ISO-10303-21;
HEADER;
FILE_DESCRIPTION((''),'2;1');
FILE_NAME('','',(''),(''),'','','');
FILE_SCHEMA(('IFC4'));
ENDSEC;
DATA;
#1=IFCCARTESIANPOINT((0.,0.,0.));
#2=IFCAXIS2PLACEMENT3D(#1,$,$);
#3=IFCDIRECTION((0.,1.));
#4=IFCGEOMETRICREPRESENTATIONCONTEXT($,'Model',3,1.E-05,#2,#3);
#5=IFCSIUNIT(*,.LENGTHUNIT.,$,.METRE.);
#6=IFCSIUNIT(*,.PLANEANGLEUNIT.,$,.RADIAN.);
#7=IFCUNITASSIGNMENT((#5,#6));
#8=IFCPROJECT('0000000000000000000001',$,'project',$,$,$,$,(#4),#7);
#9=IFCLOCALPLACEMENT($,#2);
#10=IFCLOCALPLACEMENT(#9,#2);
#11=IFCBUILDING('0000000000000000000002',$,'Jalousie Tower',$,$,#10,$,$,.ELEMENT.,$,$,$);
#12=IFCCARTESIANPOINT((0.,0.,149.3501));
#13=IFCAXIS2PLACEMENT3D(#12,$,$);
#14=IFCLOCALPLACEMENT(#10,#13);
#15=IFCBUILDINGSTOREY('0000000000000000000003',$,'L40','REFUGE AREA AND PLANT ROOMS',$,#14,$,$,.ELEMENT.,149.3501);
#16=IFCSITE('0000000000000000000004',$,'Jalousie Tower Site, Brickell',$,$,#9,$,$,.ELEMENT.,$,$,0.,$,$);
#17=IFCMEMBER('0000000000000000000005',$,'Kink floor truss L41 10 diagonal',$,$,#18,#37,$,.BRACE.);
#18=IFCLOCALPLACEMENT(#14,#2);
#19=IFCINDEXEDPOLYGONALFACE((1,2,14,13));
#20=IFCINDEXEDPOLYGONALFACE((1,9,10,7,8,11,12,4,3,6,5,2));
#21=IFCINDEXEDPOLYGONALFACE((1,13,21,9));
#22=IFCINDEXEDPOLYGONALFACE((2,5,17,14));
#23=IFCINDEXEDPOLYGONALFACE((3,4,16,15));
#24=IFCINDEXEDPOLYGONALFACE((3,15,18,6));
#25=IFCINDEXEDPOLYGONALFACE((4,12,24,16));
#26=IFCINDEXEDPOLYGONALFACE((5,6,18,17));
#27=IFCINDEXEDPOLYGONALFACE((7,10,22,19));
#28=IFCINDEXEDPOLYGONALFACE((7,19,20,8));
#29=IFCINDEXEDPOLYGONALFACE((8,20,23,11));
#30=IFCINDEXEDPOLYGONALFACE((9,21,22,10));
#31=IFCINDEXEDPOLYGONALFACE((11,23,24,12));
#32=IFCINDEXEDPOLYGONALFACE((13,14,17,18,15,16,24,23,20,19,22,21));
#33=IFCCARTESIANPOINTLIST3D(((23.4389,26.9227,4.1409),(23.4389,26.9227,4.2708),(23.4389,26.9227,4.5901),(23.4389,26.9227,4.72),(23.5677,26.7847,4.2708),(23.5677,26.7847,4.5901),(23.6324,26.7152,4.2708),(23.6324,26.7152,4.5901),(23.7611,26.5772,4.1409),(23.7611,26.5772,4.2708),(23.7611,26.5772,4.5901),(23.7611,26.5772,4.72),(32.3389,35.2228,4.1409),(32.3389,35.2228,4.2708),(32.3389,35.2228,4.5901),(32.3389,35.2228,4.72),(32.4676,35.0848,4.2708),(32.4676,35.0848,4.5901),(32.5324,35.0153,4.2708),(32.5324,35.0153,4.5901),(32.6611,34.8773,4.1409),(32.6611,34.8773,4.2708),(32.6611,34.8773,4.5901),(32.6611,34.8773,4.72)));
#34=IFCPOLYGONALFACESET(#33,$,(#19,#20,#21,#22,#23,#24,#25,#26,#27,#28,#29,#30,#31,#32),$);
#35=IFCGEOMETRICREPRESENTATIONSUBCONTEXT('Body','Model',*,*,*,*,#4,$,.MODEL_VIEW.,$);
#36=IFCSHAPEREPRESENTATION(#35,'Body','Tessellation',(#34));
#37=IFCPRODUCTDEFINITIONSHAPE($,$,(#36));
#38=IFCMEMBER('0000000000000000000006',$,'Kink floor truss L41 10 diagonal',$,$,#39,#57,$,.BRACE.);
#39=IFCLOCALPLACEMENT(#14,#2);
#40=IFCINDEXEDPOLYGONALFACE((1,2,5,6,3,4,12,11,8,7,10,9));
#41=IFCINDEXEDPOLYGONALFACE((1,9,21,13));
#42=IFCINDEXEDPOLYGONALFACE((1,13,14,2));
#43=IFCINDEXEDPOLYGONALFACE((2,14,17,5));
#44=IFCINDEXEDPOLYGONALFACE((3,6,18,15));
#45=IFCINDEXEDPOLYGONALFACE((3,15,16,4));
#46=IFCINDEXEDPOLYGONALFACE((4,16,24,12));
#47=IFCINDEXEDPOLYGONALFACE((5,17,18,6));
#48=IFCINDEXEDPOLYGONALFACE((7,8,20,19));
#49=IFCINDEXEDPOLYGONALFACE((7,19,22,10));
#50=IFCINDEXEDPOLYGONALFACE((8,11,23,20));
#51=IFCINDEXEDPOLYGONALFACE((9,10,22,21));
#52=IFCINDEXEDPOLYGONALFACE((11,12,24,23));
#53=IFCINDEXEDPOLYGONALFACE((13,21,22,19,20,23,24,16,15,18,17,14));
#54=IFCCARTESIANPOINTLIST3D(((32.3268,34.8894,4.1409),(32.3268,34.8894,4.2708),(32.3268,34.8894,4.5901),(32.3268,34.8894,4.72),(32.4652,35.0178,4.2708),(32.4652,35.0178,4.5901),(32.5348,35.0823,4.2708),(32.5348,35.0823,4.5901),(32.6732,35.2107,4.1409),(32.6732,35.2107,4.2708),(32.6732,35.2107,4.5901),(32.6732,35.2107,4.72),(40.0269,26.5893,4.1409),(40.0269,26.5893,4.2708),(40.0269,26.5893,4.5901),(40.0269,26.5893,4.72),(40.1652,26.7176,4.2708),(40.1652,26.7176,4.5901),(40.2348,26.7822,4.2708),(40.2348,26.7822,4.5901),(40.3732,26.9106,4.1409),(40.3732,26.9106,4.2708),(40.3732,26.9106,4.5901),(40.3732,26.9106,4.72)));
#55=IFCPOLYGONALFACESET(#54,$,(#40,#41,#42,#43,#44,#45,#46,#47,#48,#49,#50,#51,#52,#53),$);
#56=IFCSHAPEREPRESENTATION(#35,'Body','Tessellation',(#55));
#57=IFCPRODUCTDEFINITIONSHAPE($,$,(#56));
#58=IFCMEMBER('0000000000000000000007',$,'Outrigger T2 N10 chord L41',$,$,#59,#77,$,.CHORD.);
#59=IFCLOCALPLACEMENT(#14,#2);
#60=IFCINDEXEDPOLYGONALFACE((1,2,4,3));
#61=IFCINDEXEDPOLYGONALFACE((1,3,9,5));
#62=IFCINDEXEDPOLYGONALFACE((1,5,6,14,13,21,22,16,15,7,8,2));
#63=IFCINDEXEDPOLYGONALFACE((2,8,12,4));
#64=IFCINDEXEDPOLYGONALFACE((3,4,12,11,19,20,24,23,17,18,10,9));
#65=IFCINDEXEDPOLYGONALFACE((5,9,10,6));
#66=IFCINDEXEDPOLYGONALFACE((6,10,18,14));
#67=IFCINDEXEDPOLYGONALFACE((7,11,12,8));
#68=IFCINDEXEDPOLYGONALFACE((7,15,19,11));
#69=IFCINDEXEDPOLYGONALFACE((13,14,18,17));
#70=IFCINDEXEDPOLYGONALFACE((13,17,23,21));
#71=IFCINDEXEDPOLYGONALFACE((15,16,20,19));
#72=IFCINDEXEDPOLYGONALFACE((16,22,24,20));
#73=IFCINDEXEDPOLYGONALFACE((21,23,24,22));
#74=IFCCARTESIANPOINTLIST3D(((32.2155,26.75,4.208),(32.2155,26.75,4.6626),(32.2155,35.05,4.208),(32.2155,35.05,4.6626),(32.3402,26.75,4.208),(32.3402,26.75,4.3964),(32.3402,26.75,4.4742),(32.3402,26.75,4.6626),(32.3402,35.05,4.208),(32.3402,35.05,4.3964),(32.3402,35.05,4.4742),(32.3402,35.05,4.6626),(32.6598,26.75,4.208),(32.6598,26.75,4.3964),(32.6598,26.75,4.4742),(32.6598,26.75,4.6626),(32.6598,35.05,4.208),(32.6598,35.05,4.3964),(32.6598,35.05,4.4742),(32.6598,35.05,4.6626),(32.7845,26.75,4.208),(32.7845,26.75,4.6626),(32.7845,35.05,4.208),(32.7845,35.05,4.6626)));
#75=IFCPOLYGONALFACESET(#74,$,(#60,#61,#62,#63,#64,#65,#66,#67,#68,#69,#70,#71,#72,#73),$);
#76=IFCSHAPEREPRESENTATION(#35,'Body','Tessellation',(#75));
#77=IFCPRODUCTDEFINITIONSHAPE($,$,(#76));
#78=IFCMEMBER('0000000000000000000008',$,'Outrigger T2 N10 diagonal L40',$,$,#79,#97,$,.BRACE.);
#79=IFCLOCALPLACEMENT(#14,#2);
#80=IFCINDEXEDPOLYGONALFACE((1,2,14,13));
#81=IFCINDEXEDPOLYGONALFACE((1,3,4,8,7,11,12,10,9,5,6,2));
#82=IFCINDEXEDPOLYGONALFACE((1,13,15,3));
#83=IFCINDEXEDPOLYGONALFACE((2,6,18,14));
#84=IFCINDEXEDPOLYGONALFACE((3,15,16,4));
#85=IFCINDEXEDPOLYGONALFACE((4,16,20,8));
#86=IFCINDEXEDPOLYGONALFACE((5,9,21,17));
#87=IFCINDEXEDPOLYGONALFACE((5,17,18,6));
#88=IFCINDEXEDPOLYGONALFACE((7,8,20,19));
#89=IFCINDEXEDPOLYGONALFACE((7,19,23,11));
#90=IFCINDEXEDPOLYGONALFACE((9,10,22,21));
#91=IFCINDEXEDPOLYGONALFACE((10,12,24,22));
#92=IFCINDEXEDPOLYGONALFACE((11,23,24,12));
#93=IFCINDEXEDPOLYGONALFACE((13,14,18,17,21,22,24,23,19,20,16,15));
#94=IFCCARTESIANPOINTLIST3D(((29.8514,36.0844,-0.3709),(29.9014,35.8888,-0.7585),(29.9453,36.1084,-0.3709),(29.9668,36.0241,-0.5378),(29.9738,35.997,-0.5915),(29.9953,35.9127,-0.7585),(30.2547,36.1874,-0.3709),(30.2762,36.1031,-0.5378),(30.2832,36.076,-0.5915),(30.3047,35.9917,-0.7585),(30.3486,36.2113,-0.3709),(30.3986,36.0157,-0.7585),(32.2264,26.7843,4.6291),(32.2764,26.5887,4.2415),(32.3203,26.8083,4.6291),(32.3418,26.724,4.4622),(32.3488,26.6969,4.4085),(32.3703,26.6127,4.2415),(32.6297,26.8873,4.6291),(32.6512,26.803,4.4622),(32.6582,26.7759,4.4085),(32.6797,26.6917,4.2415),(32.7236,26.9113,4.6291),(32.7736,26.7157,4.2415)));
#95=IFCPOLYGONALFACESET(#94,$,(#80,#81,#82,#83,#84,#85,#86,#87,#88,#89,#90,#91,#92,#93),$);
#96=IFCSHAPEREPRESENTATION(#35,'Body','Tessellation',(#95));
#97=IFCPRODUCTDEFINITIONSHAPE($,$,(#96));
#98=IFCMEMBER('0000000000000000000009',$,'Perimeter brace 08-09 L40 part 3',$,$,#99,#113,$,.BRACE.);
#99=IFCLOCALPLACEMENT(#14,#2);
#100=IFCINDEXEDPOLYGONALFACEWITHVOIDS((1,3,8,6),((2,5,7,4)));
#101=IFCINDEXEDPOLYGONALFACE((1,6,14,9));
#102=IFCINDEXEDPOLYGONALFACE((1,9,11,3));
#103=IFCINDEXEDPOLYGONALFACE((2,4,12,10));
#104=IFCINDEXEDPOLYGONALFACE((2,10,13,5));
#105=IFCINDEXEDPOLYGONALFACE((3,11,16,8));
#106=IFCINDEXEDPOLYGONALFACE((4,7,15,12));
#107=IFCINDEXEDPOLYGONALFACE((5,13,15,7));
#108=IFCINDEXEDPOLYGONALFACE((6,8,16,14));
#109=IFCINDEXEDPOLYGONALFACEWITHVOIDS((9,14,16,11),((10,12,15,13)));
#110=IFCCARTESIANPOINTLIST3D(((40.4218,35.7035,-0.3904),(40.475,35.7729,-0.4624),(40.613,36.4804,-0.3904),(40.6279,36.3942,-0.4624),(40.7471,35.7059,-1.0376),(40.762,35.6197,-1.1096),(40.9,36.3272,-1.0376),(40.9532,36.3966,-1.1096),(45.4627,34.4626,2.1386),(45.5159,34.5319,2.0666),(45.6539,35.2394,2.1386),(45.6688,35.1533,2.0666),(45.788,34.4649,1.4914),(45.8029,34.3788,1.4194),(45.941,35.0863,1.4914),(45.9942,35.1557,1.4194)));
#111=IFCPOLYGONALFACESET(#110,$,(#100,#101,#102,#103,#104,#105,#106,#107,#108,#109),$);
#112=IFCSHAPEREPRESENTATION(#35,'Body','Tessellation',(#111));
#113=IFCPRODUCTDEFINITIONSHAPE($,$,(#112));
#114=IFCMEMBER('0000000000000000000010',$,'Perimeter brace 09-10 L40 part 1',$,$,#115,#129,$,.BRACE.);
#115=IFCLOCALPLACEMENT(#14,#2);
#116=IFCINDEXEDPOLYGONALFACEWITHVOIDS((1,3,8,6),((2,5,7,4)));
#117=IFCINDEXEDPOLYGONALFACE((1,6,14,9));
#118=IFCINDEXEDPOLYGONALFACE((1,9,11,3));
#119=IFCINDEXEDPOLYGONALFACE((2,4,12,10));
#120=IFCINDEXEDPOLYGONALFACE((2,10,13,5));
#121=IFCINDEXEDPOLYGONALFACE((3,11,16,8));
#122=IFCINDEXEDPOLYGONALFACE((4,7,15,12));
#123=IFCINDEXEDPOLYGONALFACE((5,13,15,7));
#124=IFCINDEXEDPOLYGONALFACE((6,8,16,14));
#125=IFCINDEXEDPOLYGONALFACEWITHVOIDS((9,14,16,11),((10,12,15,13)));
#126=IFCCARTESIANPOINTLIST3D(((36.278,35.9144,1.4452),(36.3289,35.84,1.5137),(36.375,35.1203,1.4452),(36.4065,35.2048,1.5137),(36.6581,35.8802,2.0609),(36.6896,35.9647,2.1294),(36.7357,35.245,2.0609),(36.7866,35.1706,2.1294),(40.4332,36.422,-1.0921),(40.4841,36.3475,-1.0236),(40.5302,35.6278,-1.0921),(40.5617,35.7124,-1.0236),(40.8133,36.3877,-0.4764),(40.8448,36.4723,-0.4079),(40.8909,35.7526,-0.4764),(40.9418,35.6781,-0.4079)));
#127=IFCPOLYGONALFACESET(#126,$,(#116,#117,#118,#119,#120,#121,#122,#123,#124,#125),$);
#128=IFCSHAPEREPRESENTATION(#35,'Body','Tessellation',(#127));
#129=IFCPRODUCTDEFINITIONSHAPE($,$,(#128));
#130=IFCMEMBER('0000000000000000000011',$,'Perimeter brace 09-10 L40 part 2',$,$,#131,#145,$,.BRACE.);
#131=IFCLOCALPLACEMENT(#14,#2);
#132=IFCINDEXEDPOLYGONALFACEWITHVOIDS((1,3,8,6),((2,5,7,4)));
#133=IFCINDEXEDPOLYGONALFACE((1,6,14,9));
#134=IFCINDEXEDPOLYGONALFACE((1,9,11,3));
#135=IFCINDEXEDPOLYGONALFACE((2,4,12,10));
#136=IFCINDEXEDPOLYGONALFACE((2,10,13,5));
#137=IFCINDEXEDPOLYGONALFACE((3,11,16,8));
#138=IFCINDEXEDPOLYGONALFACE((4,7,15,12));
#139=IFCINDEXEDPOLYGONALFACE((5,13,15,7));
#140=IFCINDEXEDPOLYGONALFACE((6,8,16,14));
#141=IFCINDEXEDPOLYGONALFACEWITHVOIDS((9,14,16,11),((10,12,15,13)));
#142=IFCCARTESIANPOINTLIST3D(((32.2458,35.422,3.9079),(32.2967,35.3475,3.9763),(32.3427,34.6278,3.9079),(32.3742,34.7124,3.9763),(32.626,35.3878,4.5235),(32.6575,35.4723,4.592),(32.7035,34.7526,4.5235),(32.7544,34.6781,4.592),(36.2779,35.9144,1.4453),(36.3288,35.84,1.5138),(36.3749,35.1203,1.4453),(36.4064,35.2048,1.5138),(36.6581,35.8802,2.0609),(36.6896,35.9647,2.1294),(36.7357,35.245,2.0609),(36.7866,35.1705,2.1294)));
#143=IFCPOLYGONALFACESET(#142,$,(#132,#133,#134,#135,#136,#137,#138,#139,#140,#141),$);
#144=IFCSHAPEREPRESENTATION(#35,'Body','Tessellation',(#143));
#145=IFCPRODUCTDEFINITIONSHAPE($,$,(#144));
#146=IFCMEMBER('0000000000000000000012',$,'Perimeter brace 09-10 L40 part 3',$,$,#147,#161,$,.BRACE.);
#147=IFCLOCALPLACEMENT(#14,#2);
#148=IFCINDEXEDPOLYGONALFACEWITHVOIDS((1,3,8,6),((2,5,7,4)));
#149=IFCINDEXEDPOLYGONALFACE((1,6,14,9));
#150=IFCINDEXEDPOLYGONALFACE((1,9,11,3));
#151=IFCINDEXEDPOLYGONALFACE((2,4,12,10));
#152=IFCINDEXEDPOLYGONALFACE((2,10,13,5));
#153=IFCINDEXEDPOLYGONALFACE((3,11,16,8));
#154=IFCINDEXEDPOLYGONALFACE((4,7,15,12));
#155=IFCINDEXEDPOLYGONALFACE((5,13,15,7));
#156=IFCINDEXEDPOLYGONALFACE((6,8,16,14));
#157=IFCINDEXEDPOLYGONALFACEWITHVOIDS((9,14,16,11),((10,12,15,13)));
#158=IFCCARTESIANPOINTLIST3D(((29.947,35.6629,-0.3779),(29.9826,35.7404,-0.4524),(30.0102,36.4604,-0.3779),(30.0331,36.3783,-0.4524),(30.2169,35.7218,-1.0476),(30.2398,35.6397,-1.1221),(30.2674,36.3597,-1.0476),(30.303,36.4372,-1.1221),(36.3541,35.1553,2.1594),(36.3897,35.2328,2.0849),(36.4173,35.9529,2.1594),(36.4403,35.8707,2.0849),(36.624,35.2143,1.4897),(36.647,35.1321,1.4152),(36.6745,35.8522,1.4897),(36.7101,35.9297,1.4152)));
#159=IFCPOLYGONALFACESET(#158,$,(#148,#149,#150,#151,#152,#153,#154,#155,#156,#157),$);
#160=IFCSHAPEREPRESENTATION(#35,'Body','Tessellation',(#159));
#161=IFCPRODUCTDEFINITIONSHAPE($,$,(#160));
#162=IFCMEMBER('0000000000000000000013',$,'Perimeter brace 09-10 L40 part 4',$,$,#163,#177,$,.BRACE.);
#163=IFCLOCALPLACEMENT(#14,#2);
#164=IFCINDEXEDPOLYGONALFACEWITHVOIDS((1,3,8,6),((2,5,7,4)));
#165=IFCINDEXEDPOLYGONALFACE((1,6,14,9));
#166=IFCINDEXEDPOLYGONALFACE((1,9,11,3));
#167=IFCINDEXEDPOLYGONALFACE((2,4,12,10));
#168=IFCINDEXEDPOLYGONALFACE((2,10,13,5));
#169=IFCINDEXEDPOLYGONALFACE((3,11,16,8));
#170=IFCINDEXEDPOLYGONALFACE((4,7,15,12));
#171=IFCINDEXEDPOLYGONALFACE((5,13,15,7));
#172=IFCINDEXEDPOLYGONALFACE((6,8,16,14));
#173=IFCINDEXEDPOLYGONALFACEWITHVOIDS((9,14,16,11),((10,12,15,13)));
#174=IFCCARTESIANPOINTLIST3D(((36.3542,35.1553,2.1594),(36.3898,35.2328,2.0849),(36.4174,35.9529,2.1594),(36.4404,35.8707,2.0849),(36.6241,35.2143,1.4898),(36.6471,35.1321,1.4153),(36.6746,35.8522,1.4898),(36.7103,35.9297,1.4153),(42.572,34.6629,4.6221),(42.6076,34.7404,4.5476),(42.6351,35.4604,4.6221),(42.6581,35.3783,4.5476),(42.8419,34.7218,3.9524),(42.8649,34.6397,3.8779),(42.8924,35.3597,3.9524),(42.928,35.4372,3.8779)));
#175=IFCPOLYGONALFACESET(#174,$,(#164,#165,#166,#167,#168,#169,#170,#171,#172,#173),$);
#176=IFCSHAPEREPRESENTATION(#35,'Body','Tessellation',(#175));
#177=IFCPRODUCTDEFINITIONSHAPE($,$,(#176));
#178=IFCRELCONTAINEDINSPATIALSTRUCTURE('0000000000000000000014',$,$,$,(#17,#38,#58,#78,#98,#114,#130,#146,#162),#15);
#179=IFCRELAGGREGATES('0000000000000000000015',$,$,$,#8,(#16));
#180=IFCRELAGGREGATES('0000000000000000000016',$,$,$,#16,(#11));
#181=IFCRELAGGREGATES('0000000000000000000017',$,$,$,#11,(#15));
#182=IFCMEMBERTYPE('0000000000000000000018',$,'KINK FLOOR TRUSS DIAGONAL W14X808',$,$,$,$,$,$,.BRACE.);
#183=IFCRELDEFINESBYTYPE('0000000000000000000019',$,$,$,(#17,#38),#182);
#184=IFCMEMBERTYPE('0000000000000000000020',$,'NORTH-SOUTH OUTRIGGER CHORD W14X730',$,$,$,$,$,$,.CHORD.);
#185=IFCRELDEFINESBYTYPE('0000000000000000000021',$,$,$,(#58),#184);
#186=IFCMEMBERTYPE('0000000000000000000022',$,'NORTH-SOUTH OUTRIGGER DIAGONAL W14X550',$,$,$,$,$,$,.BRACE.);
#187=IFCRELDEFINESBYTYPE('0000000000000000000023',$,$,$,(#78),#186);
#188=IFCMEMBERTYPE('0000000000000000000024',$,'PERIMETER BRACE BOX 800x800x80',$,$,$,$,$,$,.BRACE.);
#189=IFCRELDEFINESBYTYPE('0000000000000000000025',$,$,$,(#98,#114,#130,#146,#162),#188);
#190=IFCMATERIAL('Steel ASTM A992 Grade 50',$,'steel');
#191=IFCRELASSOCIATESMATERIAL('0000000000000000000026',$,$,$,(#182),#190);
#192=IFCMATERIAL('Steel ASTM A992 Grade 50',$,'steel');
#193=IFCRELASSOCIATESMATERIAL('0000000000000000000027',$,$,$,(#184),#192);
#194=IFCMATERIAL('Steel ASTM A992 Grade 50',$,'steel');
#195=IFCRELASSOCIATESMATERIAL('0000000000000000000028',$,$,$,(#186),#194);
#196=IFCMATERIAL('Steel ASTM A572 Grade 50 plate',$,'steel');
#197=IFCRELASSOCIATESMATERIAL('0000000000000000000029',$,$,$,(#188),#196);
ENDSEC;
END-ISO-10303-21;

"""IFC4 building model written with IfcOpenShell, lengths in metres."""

from ifc_helpers import new_model, si_unit, direction, frame, origin, origin_2d, place, context, subcontext, project, spatial, hollow_rectangle, i_section, extrude, material, material_profile, profile_set, type_object, element, save


model = new_model("IFC4")

# Units and contexts
model_context = context("Model", 3, precision=1e-05, world=origin(), true_north=direction((0.0, 1.0)))
body_context = subcontext(model_context, "Body", "Model", "MODEL_VIEW")
ifc_project = project(units=[si_unit("LENGTHUNIT", "METRE"), si_unit("PLANEANGLEUNIT", "RADIAN")], contexts=[model_context])

# Site, building, storey
site_placement = place(None, origin())
site = spatial("IfcSite", under=ifc_project, at=site_placement, Name="Jalousie Tower Site, Brickell", CompositionType="ELEMENT", RefElevation=0.0)
building_placement = place(site_placement, origin())
building = spatial("IfcBuilding", under=site, at=building_placement, Name="Jalousie Tower", CompositionType="ELEMENT")
storey_placement = place(building_placement, frame((0.0, 0.0, 149.3501)))
storey = spatial("IfcBuildingStorey", under=building, at=storey_placement, Name="L40", Description="REFUGE AREA AND PLANT ROOMS", CompositionType="ELEMENT", Elevation=149.3501)

# Members
ifc_material_1 = material(Name="Steel ASTM A992 Grade 50", Category="steel")
ifc_material_profile_1 = material_profile(ifc_material_1, i_section(OverallWidth=0.4724, OverallDepth=0.5791, WebThickness=0.095, FlangeThickness=0.1299, at=origin_2d()), Name="W14X808")
ifc_profile_set_1 = profile_set([ifc_material_profile_1], Name="Steel ASTM A992 Grade 50")
member_type_1 = type_object("IfcMemberType", Name="KINK FLOOR TRUSS DIAGONAL W14X808", PredefinedType="BRACE", material=ifc_profile_set_1)
member_1_placement = place(storey_placement, frame((32.5, 35.05, 4.4304), z_axis=(-0.731323, -0.682032, 0.0), x_axis=(0.682032, -0.731323, 0.0)))
element("IfcMember", 1, at=member_1_placement, inside=storey, type_object=member_type_1, Name="Kink floor truss L41 10 diagonal", PredefinedType="BRACE", context=body_context, shape_type="SweptSolid", body=[
    extrude(i_section(OverallWidth=0.4724, OverallDepth=0.5791, WebThickness=0.095, FlangeThickness=0.1299, at=origin_2d()), origin(), (0.0, 0.0, 1.0), 12.1697),
])
member_2_placement = place(storey_placement, frame((32.5, 35.05, 4.4304), z_axis=(0.680108, -0.733112, 0.0), x_axis=(0.733112, 0.680108, 0.0)))
element("IfcMember", 2, at=member_2_placement, inside=storey, type_object=member_type_1, Name="Kink floor truss L41 10 diagonal", PredefinedType="BRACE", context=body_context, shape_type="SweptSolid", body=[
    extrude(i_section(OverallWidth=0.4724, OverallDepth=0.5791, WebThickness=0.095, FlangeThickness=0.1299, at=origin_2d()), origin(), (0.0, 0.0, 1.0), 11.3218),
])
ifc_material_2 = material(Name="Steel ASTM A992 Grade 50", Category="steel")
ifc_material_profile_2 = material_profile(ifc_material_2, i_section(OverallWidth=0.4546, OverallDepth=0.5691, WebThickness=0.0779, FlangeThickness=0.1248, at=origin_2d()), Name="W14X730")
ifc_profile_set_2 = profile_set([ifc_material_profile_2], Name="Steel ASTM A992 Grade 50")
member_type_2 = type_object("IfcMemberType", Name="NORTH-SOUTH OUTRIGGER CHORD W14X730", PredefinedType="CHORD", material=ifc_profile_set_2)
member_3_placement = place(storey_placement, frame((32.5, 35.05, 4.4353), z_axis=(0.0, -1.0, 0.0), x_axis=(0.0, 0.0, 1.0)))
element("IfcMember", 3, at=member_3_placement, inside=storey, type_object=member_type_2, Name="Outrigger T2 N10 chord L41", PredefinedType="CHORD", context=body_context, shape_type="SweptSolid", body=[
    extrude(i_section(OverallWidth=0.4546, OverallDepth=0.5691, WebThickness=0.0779, FlangeThickness=0.1248, at=origin_2d()), origin(), (0.0, 0.0, 1.0), 8.3),
])
ifc_material_3 = material(Name="Steel ASTM A992 Grade 50", Category="steel")
ifc_material_profile_3 = material_profile(ifc_material_3, i_section(OverallWidth=0.437, OverallDepth=0.5132, WebThickness=0.0605, FlangeThickness=0.0969, at=origin_2d()), Name="W14X550")
ifc_profile_set_3 = profile_set([ifc_material_profile_3], Name="Steel ASTM A992 Grade 50")
member_type_3 = type_object("IfcMemberType", Name="NORTH-SOUTH OUTRIGGER DIAGONAL W14X550", PredefinedType="BRACE", material=ifc_profile_set_3)
member_4_placement = place(storey_placement, frame((30.125, 36.05, -0.5647), z_axis=(0.219446, -0.859307, 0.461991), x_axis=(-0.114312, 0.447625, 0.886885)))
element("IfcMember", 4, at=member_4_placement, inside=storey, type_object=member_type_3, Name="Outrigger T2 N10 diagonal L40", PredefinedType="BRACE", context=body_context, shape_type="SweptSolid", body=[
    extrude(i_section(OverallWidth=0.437, OverallDepth=0.5132, WebThickness=0.0605, FlangeThickness=0.0969, at=origin_2d()), origin(), (0.0, 0.0, 1.0), 10.8228),
])
ifc_material_4 = material(Name="Steel ASTM A572 Grade 50 plate", Category="steel")
ifc_material_profile_4 = material_profile(ifc_material_4, hollow_rectangle(XDim=0.8, YDim=0.8, WallThickness=0.0801, at=origin_2d()), Name="BOX 800x800x80")
ifc_profile_set_4 = profile_set([ifc_material_profile_4], Name="Steel ASTM A572 Grade 50 plate")
member_type_4 = type_object("IfcMemberType", Name="PERIMETER BRACE BOX 800x800x80", PredefinedType="BRACE", material=ifc_profile_set_4)
member_5_placement = place(storey_placement, frame((40.6875, 36.05, -0.75), z_axis=(0.872938, -0.214895, 0.437949), x_axis=(0.239037, 0.97101, 0.0)))
element("IfcMember", 5, at=member_5_placement, inside=storey, type_object=member_type_4, Name="Perimeter brace 08-09 L40 part 3", PredefinedType="BRACE", context=body_context, shape_type="SweptSolid", body=[
    extrude(hollow_rectangle(XDim=0.8, YDim=0.8, WallThickness=0.0801, at=origin_2d()), origin(), (0.0, 0.0, 1.0), 5.7747),
])
member_6_placement = place(storey_placement, frame((40.6875, 36.05, -0.75), z_axis=(-0.848862, -0.103689, 0.518345), x_axis=(0.121249, -0.992622, 0.0)))
element("IfcMember", 6, at=member_6_placement, inside=storey, type_object=member_type_4, Name="Perimeter brace 09-10 L40 part 1", PredefinedType="BRACE", context=body_context, shape_type="SweptSolid", body=[
    extrude(hollow_rectangle(XDim=0.8, YDim=0.8, WallThickness=0.0801, at=origin_2d()), origin(), (0.0, 0.0, 1.0), 4.895),
])
member_7_placement = place(storey_placement, frame((36.5322, 35.5425, 1.7874), z_axis=(-0.848825, -0.103662, 0.518412), x_axis=(0.121223, -0.992625, 0.0)))
element("IfcMember", 7, at=member_7_placement, inside=storey, type_object=member_type_4, Name="Perimeter brace 09-10 L40 part 2", PredefinedType="BRACE", context=body_context, shape_type="SweptSolid", body=[
    extrude(hollow_rectangle(XDim=0.8, YDim=0.8, WallThickness=0.0801, at=origin_2d()), origin(), (0.0, 0.0, 1.0), 4.7502),
])
member_8_placement = place(storey_placement, frame((30.125, 36.05, -0.75), z_axis=(0.927237, -0.073454, 0.367199), x_axis=(0.078971, 0.996877, 0.0)))
element("IfcMember", 8, at=member_8_placement, inside=storey, type_object=member_type_4, Name="Perimeter brace 09-10 L40 part 3", PredefinedType="BRACE", context=body_context, shape_type="SweptSolid", body=[
    extrude(hollow_rectangle(XDim=0.8, YDim=0.8, WallThickness=0.0801, at=origin_2d()), origin(), (0.0, 0.0, 1.0), 6.9099),
])
member_9_placement = place(storey_placement, frame((36.5322, 35.5425, 1.7874), z_axis=(0.927222, -0.073434, 0.367241), x_axis=(0.07895, 0.996879, 0.0)))
element("IfcMember", 9, at=member_9_placement, inside=storey, type_object=member_type_4, Name="Perimeter brace 09-10 L40 part 4", PredefinedType="BRACE", context=body_context, shape_type="SweptSolid", body=[
    extrude(hollow_rectangle(XDim=0.8, YDim=0.8, WallThickness=0.0801, at=origin_2d()), origin(), (0.0, 0.0, 1.0), 6.7058),
])

save(model, "model.ifc")
